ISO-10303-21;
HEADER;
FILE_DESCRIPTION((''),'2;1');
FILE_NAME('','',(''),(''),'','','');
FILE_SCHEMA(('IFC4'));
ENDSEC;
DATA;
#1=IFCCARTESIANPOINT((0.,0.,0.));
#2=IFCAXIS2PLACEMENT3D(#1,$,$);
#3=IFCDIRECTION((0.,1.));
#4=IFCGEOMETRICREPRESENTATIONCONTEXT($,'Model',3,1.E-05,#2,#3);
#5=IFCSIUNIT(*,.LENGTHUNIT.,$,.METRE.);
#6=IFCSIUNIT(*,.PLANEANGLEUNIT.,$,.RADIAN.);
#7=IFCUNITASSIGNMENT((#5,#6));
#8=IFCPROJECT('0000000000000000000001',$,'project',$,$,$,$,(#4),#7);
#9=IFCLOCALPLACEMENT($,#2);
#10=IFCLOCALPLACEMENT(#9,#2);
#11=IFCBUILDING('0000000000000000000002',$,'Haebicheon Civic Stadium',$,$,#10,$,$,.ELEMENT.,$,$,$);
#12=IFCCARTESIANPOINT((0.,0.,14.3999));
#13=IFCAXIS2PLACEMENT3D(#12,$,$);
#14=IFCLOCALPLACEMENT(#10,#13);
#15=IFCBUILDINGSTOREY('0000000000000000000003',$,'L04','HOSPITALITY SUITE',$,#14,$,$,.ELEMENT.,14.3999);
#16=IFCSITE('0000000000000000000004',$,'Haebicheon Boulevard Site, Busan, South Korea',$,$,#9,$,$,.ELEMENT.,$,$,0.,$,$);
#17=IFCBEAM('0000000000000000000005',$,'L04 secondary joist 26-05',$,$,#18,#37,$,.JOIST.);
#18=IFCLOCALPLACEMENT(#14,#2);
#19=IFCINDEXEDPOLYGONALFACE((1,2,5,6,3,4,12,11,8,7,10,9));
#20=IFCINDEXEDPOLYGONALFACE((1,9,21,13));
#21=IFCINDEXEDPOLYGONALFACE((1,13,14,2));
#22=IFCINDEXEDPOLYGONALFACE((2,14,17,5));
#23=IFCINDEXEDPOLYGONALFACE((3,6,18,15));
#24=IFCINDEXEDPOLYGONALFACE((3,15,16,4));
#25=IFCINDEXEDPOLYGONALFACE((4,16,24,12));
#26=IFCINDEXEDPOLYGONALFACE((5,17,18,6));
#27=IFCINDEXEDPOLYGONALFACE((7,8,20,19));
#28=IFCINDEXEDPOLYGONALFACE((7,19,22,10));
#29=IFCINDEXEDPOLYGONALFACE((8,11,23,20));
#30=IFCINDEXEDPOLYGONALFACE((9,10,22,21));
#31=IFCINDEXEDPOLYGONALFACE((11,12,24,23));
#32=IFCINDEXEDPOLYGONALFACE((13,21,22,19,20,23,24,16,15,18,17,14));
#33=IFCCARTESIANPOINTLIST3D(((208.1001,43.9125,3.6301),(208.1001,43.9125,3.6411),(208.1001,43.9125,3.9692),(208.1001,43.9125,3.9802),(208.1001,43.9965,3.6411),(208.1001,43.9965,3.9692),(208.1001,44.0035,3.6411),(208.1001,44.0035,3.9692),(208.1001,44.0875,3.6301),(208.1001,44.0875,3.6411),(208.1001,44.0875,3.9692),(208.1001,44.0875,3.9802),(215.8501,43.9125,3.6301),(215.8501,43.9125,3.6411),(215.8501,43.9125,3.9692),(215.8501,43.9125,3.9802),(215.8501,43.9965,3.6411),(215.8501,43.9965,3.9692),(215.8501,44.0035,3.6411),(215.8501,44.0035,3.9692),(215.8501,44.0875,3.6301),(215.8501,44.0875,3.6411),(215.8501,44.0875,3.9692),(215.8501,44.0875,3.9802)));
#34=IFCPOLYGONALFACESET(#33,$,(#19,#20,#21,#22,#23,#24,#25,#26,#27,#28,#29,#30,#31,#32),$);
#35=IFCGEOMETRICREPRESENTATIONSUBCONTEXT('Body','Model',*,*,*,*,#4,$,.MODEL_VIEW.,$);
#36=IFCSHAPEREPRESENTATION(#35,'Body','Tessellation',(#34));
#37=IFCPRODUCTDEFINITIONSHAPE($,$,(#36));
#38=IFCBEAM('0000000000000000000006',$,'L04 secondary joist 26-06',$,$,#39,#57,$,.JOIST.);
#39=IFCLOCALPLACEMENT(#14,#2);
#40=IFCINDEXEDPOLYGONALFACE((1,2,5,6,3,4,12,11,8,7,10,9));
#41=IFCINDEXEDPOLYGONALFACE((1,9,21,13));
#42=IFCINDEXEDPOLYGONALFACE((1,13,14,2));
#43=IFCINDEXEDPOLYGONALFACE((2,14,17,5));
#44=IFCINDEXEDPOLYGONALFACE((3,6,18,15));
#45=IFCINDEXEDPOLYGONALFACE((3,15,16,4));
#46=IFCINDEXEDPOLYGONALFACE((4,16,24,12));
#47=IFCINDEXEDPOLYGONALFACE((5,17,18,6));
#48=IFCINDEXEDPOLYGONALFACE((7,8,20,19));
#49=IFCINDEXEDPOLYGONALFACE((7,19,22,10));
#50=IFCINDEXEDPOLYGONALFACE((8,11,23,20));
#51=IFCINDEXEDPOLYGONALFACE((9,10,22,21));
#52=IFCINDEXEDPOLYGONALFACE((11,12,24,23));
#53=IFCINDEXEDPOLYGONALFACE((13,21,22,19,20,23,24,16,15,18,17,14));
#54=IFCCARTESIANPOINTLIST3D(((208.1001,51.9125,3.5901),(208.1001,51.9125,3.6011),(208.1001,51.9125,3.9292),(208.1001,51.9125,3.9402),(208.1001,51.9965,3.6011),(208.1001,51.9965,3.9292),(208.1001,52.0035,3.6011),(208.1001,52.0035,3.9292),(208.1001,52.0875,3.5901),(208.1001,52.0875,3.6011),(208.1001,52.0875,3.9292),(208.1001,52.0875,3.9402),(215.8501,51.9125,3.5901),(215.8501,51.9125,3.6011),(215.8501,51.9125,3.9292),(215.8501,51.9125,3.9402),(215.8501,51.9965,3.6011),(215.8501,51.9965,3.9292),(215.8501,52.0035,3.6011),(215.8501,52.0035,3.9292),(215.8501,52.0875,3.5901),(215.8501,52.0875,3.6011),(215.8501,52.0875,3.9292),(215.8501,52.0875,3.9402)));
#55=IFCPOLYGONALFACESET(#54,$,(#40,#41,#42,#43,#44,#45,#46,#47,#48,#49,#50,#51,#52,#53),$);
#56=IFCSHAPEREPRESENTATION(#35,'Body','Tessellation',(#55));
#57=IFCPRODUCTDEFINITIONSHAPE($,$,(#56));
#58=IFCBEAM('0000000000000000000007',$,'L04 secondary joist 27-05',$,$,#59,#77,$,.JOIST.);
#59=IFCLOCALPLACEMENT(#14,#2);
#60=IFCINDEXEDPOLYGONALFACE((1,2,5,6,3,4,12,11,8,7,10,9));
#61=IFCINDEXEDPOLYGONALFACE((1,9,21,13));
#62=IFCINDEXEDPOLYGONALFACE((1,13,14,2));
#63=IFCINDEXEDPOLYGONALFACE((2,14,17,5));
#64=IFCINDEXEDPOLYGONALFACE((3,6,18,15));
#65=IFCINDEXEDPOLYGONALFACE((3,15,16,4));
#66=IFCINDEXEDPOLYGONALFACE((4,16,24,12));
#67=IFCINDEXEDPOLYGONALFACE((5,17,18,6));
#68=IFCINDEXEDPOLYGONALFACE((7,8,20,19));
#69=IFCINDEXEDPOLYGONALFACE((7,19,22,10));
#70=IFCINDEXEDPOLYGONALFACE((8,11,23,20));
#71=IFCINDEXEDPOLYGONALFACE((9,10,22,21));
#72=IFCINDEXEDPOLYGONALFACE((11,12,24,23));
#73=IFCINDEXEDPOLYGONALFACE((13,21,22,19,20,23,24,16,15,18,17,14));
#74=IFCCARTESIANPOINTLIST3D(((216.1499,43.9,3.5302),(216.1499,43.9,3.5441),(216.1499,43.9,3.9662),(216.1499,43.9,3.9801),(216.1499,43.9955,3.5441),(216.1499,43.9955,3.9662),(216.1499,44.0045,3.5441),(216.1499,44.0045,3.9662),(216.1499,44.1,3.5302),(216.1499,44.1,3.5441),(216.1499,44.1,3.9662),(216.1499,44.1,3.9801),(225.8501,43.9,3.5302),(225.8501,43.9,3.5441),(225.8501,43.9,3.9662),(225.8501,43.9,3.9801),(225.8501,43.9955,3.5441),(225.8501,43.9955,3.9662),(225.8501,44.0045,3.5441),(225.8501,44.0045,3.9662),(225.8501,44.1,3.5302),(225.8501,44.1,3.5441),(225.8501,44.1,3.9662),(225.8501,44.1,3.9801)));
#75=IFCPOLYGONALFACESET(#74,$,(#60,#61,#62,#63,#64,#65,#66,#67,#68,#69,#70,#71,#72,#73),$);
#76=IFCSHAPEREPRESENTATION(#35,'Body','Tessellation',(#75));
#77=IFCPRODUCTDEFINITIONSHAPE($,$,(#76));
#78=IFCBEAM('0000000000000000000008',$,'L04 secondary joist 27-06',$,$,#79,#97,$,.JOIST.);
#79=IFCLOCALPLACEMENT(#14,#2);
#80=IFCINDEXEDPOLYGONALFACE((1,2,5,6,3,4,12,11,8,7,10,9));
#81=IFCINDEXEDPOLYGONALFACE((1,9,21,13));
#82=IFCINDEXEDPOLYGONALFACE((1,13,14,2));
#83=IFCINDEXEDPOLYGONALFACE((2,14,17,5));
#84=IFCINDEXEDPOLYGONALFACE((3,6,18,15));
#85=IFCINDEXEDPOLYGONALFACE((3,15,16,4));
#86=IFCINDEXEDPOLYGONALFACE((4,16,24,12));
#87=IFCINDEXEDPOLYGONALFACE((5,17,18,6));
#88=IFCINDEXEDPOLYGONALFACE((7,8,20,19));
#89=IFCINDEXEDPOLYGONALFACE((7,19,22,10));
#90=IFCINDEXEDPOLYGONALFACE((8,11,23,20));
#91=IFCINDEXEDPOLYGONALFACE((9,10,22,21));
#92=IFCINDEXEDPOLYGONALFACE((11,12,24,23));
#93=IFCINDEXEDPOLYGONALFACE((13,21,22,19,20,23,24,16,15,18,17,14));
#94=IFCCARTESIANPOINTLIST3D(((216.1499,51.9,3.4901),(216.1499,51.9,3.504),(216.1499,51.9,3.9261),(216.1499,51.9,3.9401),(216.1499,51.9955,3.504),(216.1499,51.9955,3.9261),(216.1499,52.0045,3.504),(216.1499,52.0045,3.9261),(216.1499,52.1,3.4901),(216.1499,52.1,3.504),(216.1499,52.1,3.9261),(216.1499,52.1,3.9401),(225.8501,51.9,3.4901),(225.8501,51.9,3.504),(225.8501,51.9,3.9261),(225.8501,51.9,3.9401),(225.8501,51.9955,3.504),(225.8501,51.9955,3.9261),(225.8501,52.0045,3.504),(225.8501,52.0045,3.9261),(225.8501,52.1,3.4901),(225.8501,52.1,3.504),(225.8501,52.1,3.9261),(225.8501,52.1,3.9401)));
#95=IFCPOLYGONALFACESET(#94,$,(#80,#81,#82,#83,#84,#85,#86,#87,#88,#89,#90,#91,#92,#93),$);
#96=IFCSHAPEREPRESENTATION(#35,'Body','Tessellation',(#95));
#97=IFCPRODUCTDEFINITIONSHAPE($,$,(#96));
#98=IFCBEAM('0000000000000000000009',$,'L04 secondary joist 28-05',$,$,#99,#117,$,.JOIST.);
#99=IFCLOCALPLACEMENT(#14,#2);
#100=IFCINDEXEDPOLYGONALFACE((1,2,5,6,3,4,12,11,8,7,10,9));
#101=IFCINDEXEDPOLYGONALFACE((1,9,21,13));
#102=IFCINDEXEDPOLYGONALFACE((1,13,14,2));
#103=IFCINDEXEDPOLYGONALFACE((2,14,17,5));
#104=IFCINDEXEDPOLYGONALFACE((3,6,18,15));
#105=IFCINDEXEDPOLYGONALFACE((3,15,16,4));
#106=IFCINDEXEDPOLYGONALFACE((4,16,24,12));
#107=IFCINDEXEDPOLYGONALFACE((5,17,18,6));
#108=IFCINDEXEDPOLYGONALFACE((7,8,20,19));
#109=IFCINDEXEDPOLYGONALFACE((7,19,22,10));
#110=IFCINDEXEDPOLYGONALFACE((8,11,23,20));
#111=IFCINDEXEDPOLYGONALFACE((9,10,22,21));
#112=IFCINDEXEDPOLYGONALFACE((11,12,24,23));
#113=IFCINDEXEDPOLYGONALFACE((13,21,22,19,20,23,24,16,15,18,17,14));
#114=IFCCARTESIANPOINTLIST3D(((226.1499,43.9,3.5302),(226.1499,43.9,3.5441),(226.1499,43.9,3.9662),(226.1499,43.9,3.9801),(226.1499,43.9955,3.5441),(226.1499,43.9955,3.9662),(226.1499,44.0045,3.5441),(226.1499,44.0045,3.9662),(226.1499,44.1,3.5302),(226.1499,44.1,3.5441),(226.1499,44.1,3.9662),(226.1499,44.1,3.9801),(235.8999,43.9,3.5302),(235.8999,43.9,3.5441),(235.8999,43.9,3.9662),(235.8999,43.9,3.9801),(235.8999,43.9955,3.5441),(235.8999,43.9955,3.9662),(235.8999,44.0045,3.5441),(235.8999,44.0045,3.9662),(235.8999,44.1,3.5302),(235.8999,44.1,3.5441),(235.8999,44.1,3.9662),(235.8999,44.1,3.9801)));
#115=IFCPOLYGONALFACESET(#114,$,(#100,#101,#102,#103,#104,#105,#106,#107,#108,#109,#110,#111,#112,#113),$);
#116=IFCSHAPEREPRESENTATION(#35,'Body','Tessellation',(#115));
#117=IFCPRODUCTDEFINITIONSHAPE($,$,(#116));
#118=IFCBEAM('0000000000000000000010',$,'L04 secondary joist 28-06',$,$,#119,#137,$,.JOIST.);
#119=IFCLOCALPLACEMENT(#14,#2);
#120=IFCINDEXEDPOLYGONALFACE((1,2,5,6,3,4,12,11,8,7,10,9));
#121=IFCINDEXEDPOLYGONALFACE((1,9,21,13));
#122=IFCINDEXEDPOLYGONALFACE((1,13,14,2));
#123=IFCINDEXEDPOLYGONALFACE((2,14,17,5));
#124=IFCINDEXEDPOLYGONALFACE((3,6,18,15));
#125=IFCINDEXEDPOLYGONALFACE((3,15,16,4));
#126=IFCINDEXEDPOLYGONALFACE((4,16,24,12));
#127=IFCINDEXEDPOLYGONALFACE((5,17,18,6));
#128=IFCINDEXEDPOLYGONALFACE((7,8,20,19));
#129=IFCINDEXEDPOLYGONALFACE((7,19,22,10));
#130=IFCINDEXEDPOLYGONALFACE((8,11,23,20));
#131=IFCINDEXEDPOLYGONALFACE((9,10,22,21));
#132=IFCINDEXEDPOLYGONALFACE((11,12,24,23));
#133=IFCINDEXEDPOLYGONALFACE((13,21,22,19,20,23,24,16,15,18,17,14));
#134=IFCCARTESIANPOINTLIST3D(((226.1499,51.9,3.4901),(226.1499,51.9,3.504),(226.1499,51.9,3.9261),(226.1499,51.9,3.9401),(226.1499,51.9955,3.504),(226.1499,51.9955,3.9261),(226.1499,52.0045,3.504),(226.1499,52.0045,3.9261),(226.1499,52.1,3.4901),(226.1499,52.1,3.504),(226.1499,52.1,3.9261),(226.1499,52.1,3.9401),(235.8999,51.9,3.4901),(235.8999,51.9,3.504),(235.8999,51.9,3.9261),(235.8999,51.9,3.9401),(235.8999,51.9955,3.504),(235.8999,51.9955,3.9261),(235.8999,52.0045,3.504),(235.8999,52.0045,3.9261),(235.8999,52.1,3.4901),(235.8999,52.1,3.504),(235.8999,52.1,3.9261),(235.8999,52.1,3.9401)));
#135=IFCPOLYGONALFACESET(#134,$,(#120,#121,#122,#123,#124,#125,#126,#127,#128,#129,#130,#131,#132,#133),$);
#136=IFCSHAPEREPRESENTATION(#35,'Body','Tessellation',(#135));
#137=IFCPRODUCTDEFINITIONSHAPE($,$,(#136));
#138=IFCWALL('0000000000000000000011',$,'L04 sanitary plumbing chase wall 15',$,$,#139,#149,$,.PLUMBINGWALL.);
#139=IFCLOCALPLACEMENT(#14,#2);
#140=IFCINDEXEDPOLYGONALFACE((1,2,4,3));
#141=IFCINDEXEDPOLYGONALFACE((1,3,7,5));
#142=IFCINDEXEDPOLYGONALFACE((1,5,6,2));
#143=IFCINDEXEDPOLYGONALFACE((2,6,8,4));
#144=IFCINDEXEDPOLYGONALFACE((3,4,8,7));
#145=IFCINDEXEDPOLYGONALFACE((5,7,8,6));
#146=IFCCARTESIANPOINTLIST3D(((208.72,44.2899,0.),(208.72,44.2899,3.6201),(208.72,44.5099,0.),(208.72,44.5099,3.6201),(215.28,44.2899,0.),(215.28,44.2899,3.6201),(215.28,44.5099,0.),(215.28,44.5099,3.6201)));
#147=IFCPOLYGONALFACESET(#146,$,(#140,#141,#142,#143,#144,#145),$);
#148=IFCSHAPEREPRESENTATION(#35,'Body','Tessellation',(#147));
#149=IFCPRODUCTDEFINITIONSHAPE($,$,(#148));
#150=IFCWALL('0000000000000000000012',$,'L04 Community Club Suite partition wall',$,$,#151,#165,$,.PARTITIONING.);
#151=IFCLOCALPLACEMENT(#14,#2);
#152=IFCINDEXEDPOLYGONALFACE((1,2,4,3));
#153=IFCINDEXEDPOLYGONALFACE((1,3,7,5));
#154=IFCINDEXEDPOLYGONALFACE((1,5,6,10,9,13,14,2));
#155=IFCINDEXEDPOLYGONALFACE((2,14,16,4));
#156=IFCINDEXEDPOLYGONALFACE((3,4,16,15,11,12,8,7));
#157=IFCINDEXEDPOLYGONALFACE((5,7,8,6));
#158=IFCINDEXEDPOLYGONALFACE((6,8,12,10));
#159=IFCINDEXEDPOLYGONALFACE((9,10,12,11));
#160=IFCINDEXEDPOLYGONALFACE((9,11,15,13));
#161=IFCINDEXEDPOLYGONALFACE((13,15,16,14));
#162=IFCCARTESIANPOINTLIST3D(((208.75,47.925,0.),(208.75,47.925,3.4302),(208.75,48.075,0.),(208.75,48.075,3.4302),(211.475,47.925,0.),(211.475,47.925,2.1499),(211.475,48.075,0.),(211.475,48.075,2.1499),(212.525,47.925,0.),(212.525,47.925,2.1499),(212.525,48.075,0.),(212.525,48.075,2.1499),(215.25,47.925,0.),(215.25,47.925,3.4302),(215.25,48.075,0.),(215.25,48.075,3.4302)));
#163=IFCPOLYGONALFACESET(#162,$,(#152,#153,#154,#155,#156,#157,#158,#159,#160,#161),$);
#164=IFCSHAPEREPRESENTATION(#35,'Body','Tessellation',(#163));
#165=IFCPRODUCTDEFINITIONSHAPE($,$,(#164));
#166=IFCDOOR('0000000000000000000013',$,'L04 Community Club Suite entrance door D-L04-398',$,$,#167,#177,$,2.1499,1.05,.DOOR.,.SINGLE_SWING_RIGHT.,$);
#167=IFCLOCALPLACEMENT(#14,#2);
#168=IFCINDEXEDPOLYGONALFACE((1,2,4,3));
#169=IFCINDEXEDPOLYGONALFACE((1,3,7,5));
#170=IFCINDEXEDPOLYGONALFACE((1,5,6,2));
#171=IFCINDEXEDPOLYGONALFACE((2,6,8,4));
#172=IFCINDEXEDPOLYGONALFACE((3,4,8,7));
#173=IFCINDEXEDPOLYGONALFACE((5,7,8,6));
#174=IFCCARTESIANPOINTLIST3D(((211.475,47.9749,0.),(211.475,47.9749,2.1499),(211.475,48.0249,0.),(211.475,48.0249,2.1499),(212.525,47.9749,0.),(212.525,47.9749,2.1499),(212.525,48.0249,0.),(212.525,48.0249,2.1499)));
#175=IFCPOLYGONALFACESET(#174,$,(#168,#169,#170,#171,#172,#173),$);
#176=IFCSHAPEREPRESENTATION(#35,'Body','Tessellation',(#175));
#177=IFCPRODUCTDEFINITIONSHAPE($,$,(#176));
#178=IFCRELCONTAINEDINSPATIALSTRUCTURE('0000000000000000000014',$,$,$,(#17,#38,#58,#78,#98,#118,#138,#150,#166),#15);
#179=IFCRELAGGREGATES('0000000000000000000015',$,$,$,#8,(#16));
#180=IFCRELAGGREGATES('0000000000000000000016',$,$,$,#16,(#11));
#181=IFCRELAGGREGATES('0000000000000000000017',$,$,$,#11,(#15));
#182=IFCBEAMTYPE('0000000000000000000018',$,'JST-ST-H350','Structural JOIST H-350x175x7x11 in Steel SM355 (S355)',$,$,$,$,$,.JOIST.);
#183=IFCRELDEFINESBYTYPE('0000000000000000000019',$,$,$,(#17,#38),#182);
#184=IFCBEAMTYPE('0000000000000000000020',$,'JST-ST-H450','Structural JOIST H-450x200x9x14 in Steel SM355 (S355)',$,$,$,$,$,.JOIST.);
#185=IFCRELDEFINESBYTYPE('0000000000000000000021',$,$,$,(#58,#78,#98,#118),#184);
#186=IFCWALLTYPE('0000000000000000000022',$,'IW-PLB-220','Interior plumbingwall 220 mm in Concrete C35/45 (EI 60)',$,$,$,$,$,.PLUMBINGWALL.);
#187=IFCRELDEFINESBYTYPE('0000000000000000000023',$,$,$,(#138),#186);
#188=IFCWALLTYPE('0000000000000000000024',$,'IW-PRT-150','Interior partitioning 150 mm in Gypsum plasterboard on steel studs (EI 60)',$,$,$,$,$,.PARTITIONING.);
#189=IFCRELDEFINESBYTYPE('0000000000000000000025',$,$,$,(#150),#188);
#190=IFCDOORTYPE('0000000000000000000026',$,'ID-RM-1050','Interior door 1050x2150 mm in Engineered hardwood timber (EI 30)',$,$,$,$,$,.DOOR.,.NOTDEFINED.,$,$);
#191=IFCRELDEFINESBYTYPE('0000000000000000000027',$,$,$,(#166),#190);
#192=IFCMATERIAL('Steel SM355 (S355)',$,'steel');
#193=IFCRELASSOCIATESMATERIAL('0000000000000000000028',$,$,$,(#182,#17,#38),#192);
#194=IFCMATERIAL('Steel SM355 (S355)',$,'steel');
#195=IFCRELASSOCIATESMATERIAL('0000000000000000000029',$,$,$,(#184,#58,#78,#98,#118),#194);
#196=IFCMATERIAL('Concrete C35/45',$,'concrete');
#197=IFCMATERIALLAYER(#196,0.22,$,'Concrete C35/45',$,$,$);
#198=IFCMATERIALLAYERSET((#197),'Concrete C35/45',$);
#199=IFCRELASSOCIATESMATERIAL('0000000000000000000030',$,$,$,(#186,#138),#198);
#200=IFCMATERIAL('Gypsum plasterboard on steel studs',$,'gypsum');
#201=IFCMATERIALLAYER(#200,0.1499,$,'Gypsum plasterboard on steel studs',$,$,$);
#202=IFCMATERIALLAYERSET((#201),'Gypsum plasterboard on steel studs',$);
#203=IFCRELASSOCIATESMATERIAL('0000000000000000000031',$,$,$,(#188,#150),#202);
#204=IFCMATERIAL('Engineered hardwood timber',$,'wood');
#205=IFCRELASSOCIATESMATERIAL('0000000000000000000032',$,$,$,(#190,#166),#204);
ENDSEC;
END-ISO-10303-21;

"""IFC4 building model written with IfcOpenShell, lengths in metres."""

from ifc_helpers import new_model, si_unit, direction, frame, frame_2d, origin, origin_2d, place, context, subcontext, project, spatial, rectangle, i_section, extrude, material, layer, layer_set, material_profile, profile_set, type_object, element, fill, save


model = new_model("IFC4")

# Units and contexts
model_context = context("Model", 3, precision=1e-05, world=origin(), true_north=direction((0.0, 1.0)))
body_context = subcontext(model_context, "Body", "Model", "MODEL_VIEW")
ifc_project = project(units=[si_unit("LENGTHUNIT", "METRE"), si_unit("PLANEANGLEUNIT", "RADIAN")], contexts=[model_context])

# Site, building, storey
site_placement = place(None, origin())
site = spatial("IfcSite", under=ifc_project, at=site_placement, Name="Haebicheon Boulevard Site, Busan, South Korea", CompositionType="ELEMENT", RefElevation=0.0)
building_placement = place(site_placement, origin())
building = spatial("IfcBuilding", under=site, at=building_placement, Name="Haebicheon Civic Stadium", CompositionType="ELEMENT")
storey_placement = place(building_placement, frame((0.0, 0.0, 14.3999)))
storey = spatial("IfcBuildingStorey", under=building, at=storey_placement, Name="L04", Description="HOSPITALITY SUITE", CompositionType="ELEMENT", Elevation=14.3999)

# Beams
ifc_material_1 = material(Name="Steel SM355 (S355)", Category="steel")
ifc_material_profile_1 = material_profile(ifc_material_1, i_section(OverallWidth=0.175, OverallDepth=0.3501, WebThickness=0.0071, FlangeThickness=0.011, at=origin_2d()), Name="H-350x175x7x11")
ifc_profile_set_1 = profile_set([ifc_material_profile_1], Name="Steel SM355 (S355)")
beam_type_1 = type_object("IfcBeamType", Name="JST-ST-H350", Description="Structural JOIST H-350x175x7x11 in Steel SM355 (S355)", PredefinedType="JOIST", material=ifc_profile_set_1)
for number, where, z_axis, x_axis, name in (
    (1, (208.1001, 44.0, 3.8052), (1.0, 0.0, 0.0), (0.0, 1.0, 0.0), "L04 secondary joist 26-05"),
    (2, (208.1001, 52.0, 3.7651), (1.0, 0.0, 0.0), (0.0, 1.0, 0.0), "L04 secondary joist 26-06"),
):
    element("IfcBeam", number, at=place(storey_placement, frame(where, z_axis=z_axis, x_axis=x_axis)), inside=storey, type_object=beam_type_1, material=ifc_profile_set_1, Name=name, PredefinedType="JOIST", context=body_context, shape_type="SweptSolid", body=[
        extrude(i_section(OverallWidth=0.175, OverallDepth=0.3501, WebThickness=0.0071, FlangeThickness=0.011, at=origin_2d()), origin(), (0.0, 0.0, 1.0), 7.75),
    ])
ifc_material_2 = material(Name="Steel SM355 (S355)", Category="steel")
ifc_material_profile_2 = material_profile(ifc_material_2, i_section(OverallWidth=0.2, OverallDepth=0.45, WebThickness=0.009, FlangeThickness=0.0139, at=origin_2d()), Name="H-450x200x9x14")
ifc_profile_set_2 = profile_set([ifc_material_profile_2], Name="Steel SM355 (S355)")
beam_type_2 = type_object("IfcBeamType", Name="JST-ST-H450", Description="Structural JOIST H-450x200x9x14 in Steel SM355 (S355)", PredefinedType="JOIST", material=ifc_profile_set_2)
for number, where, z_axis, x_axis, name in (
    (3, (216.1499, 44.0, 3.7551), (1.0, 0.0, 0.0), (0.0, 1.0, 0.0), "L04 secondary joist 27-05"),
    (4, (216.1499, 52.0, 3.7151), (1.0, 0.0, 0.0), (0.0, 1.0, 0.0), "L04 secondary joist 27-06"),
):
    element("IfcBeam", number, at=place(storey_placement, frame(where, z_axis=z_axis, x_axis=x_axis)), inside=storey, type_object=beam_type_2, material=ifc_profile_set_2, Name=name, PredefinedType="JOIST", context=body_context, shape_type="SweptSolid", body=[
        extrude(i_section(OverallWidth=0.2, OverallDepth=0.45, WebThickness=0.009, FlangeThickness=0.0139, at=origin_2d()), origin(), (0.0, 0.0, 1.0), 9.7002),
    ])
for number, where, z_axis, x_axis, name in (
    (5, (226.1499, 44.0, 3.7551), (1.0, 0.0, 0.0), (0.0, 1.0, 0.0), "L04 secondary joist 28-05"),
    (6, (226.1499, 52.0, 3.7151), (1.0, 0.0, 0.0), (0.0, 1.0, 0.0), "L04 secondary joist 28-06"),
):
    element("IfcBeam", number, at=place(storey_placement, frame(where, z_axis=z_axis, x_axis=x_axis)), inside=storey, type_object=beam_type_2, material=ifc_profile_set_2, Name=name, PredefinedType="JOIST", context=body_context, shape_type="SweptSolid", body=[
        extrude(i_section(OverallWidth=0.2, OverallDepth=0.45, WebThickness=0.009, FlangeThickness=0.0139, at=origin_2d()), origin(), (0.0, 0.0, 1.0), 9.75),
    ])

# Wall
ifc_material_3 = material(Name="Concrete C35/45", Category="concrete")
ifc_layer_1 = layer(ifc_material_3, 0.22, Name="Concrete C35/45")
ifc_layer_set_1 = layer_set([ifc_layer_1], Name="Concrete C35/45")
wall_type_1 = type_object("IfcWallType", Name="IW-PLB-220", Description="Interior plumbingwall 220 mm in Concrete C35/45 (EI 60)", PredefinedType="PLUMBINGWALL", material=ifc_layer_set_1)
wall_1_placement = place(storey_placement, frame((208.72, 44.3999, 0.0), z_axis=(0.0, 0.0, 1.0), x_axis=(1.0, 0.0, 0.0)))
element("IfcWall", 7, at=wall_1_placement, inside=storey, type_object=wall_type_1, material=ifc_layer_set_1, Name="L04 sanitary plumbing chase wall 15", PredefinedType="PLUMBINGWALL", context=body_context, shape_type="SweptSolid", body=[
    extrude(rectangle(XDim=6.5601, YDim=0.22, at=frame_2d((3.28, 0.0))), origin(), (0.0, 0.0, 1.0), 3.6201),
])

# Wall, opening, door
ifc_material_4 = material(Name="Gypsum plasterboard on steel studs", Category="gypsum")
ifc_layer_2 = layer(ifc_material_4, 0.1499, Name="Gypsum plasterboard on steel studs")
ifc_layer_set_2 = layer_set([ifc_layer_2], Name="Gypsum plasterboard on steel studs")
wall_type_2 = type_object("IfcWallType", Name="IW-PRT-150", Description="Interior partitioning 150 mm in Gypsum plasterboard on steel studs (EI 60)", PredefinedType="PARTITIONING", material=ifc_layer_set_2)
wall_2_placement = place(storey_placement, frame((208.75, 48.0, 0.0), z_axis=(0.0, 0.0, 1.0), x_axis=(1.0, 0.0, 0.0)))
wall_2 = element("IfcWall", 8, at=wall_2_placement, inside=storey, type_object=wall_type_2, material=ifc_layer_set_2, Name="L04 Community Club Suite partition wall", PredefinedType="PARTITIONING", context=body_context, shape_type="SweptSolid", body=[
    extrude(rectangle(XDim=6.5, YDim=0.1499, at=frame_2d((3.25, 0.0))), origin(), (0.0, 0.0, 1.0), 3.4302),
])
opening_1_placement = place(wall_2_placement, frame((2.7251, 0.0, 0.0)))
opening_1 = element("IfcOpeningElement", 9, at=opening_1_placement, cuts=wall_2, PredefinedType="OPENING", context=body_context, shape_type="SweptSolid", body=[
    extrude(rectangle(XDim=1.05, YDim=2.1499, at=frame_2d((0.5249, 1.075))), frame((0.0, 0.085, 0.0), z_axis=(0.0, -1.0, 0.0), x_axis=(1.0, 0.0, 0.0)), (0.0, 0.0, 1.0), 0.1699),
])
ifc_material_5 = material(Name="Engineered hardwood timber", Category="wood")
door_type_1 = type_object("IfcDoorType", Name="ID-RM-1050", Description="Interior door 1050x2150 mm in Engineered hardwood timber (EI 30)", OperationType="NOTDEFINED", PredefinedType="DOOR", material=ifc_material_5)
door_1_placement = place(opening_1_placement, origin())
door_1 = element("IfcDoor", 10, at=door_1_placement, inside=storey, type_object=door_type_1, material=ifc_material_5, Name="L04 Community Club Suite entrance door D-L04-398", OperationType="SINGLE_SWING_RIGHT", OverallHeight=2.1499, OverallWidth=1.05, PredefinedType="DOOR", context=body_context, shape_type="SweptSolid", body=[
    extrude(rectangle(XDim=1.05, YDim=2.1499, at=frame_2d((0.5249, 1.075))), frame((0.0, 0.0249, 0.0), z_axis=(0.0, -1.0, 0.0), x_axis=(1.0, 0.0, 0.0)), (0.0, 0.0, 1.0), 0.05),
])
fill(opening_1, door_1)

save(model, "model.ifc")
